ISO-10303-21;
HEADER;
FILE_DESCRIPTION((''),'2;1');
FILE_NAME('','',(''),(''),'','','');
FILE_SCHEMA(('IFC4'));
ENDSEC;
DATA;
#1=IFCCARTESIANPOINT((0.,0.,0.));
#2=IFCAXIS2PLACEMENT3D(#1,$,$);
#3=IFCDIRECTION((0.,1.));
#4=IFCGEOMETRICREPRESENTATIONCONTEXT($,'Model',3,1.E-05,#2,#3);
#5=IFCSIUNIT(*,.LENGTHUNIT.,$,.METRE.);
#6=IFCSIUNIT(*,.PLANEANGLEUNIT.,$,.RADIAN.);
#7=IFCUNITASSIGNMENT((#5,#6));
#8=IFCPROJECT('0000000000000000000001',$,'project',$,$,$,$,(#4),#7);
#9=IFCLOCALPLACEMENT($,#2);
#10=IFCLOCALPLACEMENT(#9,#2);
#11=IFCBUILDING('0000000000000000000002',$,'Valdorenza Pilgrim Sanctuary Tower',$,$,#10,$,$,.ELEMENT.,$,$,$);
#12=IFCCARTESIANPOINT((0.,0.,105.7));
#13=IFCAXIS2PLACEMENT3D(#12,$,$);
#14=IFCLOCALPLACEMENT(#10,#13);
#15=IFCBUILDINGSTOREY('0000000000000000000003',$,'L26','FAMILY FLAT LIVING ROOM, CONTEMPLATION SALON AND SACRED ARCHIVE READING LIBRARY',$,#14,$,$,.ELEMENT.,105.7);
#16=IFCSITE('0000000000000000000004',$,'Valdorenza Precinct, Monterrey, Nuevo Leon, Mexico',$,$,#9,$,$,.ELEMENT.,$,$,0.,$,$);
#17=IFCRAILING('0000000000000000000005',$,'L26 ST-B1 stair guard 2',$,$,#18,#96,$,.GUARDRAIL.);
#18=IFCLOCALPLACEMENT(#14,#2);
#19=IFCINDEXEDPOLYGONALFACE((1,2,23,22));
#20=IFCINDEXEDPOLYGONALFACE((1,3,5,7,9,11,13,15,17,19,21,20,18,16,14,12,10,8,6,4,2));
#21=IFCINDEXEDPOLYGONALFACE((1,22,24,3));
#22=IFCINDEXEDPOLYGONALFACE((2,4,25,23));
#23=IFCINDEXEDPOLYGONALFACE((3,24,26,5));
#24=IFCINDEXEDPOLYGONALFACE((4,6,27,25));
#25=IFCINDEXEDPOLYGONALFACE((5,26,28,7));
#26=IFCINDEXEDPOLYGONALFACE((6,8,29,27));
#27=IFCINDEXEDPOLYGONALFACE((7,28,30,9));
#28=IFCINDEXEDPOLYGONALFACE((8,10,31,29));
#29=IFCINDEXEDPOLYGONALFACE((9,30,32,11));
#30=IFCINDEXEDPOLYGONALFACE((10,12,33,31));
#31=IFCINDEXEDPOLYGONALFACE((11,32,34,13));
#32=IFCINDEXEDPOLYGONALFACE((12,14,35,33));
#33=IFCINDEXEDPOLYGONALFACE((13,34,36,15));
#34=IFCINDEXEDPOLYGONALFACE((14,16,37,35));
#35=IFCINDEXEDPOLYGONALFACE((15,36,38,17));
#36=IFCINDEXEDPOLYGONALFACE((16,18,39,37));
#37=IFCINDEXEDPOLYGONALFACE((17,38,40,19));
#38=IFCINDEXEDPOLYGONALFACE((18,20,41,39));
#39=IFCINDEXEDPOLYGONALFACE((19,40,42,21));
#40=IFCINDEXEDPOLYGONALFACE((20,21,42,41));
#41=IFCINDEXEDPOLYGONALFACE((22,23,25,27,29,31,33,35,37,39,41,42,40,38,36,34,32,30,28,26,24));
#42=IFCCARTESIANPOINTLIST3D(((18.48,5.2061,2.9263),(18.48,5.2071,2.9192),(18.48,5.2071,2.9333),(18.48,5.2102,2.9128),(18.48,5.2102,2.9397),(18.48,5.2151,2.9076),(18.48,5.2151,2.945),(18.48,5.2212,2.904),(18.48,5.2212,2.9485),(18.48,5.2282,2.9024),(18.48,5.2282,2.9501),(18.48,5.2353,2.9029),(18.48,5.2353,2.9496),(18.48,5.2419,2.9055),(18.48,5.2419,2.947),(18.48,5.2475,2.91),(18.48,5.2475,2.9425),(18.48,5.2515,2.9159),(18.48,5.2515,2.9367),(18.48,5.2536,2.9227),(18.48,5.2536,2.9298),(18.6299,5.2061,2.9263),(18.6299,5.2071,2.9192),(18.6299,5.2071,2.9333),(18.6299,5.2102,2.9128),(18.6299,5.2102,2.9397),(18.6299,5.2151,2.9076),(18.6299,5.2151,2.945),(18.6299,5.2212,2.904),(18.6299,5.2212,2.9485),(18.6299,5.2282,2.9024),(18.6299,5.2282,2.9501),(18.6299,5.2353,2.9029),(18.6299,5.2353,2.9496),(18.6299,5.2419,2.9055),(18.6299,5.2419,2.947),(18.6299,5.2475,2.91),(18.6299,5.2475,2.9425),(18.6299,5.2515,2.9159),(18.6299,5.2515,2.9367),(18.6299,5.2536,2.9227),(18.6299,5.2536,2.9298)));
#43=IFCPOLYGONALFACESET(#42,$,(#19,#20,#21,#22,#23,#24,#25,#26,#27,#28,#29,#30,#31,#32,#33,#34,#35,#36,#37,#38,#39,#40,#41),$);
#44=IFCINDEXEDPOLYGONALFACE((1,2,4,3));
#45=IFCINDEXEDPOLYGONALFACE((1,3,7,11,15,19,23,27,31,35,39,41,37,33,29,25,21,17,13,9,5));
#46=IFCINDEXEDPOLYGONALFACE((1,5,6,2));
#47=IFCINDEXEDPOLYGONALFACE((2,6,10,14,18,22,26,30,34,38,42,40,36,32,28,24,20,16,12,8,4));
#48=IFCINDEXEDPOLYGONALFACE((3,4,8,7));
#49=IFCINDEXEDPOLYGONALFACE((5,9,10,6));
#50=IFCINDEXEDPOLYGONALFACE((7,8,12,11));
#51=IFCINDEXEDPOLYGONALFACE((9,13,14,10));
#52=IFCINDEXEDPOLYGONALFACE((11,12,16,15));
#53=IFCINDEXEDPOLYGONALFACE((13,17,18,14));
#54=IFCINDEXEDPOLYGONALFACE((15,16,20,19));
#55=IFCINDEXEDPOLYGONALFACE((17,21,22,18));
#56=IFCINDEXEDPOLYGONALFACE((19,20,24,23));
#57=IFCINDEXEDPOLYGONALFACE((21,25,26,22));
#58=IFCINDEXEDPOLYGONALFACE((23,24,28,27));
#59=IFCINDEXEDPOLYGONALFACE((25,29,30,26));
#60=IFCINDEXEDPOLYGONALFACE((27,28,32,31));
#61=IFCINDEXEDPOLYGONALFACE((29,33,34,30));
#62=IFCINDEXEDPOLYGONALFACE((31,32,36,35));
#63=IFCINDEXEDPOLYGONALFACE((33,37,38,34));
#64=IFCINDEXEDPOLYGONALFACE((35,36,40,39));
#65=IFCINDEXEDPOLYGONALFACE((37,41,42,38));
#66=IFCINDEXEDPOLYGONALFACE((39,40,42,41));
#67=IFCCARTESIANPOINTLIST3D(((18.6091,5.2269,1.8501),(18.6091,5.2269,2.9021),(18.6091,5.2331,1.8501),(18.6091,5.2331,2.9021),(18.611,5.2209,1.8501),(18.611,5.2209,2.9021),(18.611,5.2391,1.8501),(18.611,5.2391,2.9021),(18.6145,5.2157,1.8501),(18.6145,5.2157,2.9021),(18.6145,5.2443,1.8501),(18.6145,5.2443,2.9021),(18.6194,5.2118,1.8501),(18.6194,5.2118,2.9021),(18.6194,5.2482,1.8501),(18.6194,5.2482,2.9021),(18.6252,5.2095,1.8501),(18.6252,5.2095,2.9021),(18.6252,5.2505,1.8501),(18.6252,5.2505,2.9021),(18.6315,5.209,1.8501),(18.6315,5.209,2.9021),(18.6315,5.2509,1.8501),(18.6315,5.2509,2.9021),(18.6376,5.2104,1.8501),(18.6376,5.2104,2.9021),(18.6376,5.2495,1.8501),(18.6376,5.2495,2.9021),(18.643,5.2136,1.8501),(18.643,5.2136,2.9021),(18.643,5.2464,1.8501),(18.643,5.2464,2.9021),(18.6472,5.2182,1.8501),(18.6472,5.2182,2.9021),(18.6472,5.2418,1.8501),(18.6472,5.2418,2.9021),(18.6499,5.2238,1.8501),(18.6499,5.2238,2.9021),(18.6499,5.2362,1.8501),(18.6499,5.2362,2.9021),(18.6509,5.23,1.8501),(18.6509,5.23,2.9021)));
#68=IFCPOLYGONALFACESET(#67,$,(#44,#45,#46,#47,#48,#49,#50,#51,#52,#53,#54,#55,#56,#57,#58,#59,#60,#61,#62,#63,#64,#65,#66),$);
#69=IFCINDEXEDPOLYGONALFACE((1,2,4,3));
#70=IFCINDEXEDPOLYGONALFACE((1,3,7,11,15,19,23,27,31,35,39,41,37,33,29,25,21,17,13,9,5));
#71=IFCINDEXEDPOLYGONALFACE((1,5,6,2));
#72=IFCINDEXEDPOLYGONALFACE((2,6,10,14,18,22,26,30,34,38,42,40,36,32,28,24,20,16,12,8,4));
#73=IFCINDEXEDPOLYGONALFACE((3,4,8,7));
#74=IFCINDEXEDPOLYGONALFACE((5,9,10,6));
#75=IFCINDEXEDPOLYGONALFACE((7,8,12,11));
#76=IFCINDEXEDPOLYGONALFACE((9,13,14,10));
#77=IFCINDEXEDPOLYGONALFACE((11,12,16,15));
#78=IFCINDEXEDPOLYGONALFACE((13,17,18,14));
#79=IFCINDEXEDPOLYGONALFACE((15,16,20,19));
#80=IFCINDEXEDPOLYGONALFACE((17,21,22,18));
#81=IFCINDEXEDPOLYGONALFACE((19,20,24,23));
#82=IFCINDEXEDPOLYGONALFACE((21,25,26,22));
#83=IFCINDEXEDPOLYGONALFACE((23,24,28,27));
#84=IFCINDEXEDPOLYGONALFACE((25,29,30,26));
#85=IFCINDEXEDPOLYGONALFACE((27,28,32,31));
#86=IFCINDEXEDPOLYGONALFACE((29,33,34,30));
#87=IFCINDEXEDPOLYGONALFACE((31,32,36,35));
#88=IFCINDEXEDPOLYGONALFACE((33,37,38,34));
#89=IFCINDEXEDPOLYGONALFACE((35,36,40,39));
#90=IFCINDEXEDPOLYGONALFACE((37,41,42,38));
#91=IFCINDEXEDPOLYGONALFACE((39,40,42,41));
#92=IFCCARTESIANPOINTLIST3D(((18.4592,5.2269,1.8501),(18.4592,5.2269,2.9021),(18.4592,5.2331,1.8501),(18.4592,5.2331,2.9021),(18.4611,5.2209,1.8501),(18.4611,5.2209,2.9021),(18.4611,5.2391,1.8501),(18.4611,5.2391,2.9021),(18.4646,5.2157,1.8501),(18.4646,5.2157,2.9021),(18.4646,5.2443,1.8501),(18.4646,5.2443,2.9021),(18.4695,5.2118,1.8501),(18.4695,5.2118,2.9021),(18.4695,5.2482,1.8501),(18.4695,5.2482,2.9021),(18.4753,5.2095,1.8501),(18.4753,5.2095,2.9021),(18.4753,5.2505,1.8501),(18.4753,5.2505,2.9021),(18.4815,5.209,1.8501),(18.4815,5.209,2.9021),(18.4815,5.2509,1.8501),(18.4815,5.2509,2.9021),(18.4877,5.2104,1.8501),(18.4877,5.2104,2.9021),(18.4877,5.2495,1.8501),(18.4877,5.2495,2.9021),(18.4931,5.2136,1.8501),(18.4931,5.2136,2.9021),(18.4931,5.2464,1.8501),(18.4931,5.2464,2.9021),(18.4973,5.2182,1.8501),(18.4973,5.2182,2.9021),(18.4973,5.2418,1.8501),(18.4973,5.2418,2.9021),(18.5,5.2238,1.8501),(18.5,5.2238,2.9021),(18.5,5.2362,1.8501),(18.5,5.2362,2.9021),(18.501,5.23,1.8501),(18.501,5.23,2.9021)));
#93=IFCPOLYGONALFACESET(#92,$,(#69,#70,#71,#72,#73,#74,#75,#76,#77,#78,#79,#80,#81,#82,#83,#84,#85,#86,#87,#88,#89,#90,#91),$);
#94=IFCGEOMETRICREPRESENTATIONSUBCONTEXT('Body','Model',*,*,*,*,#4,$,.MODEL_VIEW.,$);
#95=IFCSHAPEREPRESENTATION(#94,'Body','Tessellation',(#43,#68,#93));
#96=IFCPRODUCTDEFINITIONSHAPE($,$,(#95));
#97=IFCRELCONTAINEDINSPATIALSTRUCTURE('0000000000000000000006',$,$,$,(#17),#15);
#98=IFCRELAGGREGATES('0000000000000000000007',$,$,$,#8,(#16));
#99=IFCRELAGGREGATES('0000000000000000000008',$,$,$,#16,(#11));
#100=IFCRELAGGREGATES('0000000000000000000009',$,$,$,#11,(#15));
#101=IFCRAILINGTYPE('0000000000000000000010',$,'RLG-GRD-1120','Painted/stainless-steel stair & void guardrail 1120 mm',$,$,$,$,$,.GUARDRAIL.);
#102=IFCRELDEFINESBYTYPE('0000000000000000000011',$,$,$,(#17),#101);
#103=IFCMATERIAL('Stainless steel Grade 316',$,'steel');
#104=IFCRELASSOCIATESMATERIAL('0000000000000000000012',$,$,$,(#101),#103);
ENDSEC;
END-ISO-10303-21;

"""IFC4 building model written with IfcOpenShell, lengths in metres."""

from ifc_helpers import new_model, si_unit, direction, frame, origin, origin_2d, place, context, subcontext, project, spatial, circle, extrude, material, type_object, element, save


model = new_model("IFC4")

# Units and contexts
model_context = context("Model", 3, precision=1e-05, world=origin(), true_north=direction((0.0, 1.0)))
body_context = subcontext(model_context, "Body", "Model", "MODEL_VIEW")
ifc_project = project(units=[si_unit("LENGTHUNIT", "METRE"), si_unit("PLANEANGLEUNIT", "RADIAN")], contexts=[model_context])

# Site, building, storey
site_placement = place(None, origin())
site = spatial("IfcSite", under=ifc_project, at=site_placement, Name="Valdorenza Precinct, Monterrey, Nuevo Leon, Mexico", CompositionType="ELEMENT", RefElevation=0.0)
building_placement = place(site_placement, origin())
building = spatial("IfcBuilding", under=site, at=building_placement, Name="Valdorenza Pilgrim Sanctuary Tower", CompositionType="ELEMENT")
storey_placement = place(building_placement, frame((0.0, 0.0, 105.7)))
storey = spatial("IfcBuildingStorey", under=building, at=storey_placement, Name="L26", Description="FAMILY FLAT LIVING ROOM, CONTEMPLATION SALON AND SACRED ARCHIVE READING LIBRARY", CompositionType="ELEMENT", Elevation=105.7)

# Railing
ifc_material_1 = material(Name="Stainless steel Grade 316", Category="steel")
railing_type_1 = type_object("IfcRailingType", Name="RLG-GRD-1120", Description="Painted/stainless-steel stair & void guardrail 1120 mm", PredefinedType="GUARDRAIL", material=ifc_material_1)
railing_1_placement = place(storey_placement, frame((18.6299, 5.23, 1.8501)))
element("IfcRailing", 1, at=railing_1_placement, inside=storey, type_object=railing_type_1, Name="L26 ST-B1 stair guard 2", PredefinedType="GUARDRAIL", context=body_context, shape_type="SweptSolid", body=[
    extrude(circle(Radius=0.0239, at=origin_2d()), frame((0.0, 0.0, 1.0762), z_axis=(-1.0, 0.0, 0.0), x_axis=(0.0, -1.0, 0.0)), (0.0, 0.0, 1.0), 0.1499),
    extrude(circle(Radius=0.021, at=origin_2d()), origin(), (0.0, 0.0, 1.0), 1.052),
    extrude(circle(Radius=0.021, at=origin_2d()), frame((-0.1499, 0.0, 0.0)), (0.0, 0.0, 1.0), 1.052),
])

save(model, "model.ifc")
